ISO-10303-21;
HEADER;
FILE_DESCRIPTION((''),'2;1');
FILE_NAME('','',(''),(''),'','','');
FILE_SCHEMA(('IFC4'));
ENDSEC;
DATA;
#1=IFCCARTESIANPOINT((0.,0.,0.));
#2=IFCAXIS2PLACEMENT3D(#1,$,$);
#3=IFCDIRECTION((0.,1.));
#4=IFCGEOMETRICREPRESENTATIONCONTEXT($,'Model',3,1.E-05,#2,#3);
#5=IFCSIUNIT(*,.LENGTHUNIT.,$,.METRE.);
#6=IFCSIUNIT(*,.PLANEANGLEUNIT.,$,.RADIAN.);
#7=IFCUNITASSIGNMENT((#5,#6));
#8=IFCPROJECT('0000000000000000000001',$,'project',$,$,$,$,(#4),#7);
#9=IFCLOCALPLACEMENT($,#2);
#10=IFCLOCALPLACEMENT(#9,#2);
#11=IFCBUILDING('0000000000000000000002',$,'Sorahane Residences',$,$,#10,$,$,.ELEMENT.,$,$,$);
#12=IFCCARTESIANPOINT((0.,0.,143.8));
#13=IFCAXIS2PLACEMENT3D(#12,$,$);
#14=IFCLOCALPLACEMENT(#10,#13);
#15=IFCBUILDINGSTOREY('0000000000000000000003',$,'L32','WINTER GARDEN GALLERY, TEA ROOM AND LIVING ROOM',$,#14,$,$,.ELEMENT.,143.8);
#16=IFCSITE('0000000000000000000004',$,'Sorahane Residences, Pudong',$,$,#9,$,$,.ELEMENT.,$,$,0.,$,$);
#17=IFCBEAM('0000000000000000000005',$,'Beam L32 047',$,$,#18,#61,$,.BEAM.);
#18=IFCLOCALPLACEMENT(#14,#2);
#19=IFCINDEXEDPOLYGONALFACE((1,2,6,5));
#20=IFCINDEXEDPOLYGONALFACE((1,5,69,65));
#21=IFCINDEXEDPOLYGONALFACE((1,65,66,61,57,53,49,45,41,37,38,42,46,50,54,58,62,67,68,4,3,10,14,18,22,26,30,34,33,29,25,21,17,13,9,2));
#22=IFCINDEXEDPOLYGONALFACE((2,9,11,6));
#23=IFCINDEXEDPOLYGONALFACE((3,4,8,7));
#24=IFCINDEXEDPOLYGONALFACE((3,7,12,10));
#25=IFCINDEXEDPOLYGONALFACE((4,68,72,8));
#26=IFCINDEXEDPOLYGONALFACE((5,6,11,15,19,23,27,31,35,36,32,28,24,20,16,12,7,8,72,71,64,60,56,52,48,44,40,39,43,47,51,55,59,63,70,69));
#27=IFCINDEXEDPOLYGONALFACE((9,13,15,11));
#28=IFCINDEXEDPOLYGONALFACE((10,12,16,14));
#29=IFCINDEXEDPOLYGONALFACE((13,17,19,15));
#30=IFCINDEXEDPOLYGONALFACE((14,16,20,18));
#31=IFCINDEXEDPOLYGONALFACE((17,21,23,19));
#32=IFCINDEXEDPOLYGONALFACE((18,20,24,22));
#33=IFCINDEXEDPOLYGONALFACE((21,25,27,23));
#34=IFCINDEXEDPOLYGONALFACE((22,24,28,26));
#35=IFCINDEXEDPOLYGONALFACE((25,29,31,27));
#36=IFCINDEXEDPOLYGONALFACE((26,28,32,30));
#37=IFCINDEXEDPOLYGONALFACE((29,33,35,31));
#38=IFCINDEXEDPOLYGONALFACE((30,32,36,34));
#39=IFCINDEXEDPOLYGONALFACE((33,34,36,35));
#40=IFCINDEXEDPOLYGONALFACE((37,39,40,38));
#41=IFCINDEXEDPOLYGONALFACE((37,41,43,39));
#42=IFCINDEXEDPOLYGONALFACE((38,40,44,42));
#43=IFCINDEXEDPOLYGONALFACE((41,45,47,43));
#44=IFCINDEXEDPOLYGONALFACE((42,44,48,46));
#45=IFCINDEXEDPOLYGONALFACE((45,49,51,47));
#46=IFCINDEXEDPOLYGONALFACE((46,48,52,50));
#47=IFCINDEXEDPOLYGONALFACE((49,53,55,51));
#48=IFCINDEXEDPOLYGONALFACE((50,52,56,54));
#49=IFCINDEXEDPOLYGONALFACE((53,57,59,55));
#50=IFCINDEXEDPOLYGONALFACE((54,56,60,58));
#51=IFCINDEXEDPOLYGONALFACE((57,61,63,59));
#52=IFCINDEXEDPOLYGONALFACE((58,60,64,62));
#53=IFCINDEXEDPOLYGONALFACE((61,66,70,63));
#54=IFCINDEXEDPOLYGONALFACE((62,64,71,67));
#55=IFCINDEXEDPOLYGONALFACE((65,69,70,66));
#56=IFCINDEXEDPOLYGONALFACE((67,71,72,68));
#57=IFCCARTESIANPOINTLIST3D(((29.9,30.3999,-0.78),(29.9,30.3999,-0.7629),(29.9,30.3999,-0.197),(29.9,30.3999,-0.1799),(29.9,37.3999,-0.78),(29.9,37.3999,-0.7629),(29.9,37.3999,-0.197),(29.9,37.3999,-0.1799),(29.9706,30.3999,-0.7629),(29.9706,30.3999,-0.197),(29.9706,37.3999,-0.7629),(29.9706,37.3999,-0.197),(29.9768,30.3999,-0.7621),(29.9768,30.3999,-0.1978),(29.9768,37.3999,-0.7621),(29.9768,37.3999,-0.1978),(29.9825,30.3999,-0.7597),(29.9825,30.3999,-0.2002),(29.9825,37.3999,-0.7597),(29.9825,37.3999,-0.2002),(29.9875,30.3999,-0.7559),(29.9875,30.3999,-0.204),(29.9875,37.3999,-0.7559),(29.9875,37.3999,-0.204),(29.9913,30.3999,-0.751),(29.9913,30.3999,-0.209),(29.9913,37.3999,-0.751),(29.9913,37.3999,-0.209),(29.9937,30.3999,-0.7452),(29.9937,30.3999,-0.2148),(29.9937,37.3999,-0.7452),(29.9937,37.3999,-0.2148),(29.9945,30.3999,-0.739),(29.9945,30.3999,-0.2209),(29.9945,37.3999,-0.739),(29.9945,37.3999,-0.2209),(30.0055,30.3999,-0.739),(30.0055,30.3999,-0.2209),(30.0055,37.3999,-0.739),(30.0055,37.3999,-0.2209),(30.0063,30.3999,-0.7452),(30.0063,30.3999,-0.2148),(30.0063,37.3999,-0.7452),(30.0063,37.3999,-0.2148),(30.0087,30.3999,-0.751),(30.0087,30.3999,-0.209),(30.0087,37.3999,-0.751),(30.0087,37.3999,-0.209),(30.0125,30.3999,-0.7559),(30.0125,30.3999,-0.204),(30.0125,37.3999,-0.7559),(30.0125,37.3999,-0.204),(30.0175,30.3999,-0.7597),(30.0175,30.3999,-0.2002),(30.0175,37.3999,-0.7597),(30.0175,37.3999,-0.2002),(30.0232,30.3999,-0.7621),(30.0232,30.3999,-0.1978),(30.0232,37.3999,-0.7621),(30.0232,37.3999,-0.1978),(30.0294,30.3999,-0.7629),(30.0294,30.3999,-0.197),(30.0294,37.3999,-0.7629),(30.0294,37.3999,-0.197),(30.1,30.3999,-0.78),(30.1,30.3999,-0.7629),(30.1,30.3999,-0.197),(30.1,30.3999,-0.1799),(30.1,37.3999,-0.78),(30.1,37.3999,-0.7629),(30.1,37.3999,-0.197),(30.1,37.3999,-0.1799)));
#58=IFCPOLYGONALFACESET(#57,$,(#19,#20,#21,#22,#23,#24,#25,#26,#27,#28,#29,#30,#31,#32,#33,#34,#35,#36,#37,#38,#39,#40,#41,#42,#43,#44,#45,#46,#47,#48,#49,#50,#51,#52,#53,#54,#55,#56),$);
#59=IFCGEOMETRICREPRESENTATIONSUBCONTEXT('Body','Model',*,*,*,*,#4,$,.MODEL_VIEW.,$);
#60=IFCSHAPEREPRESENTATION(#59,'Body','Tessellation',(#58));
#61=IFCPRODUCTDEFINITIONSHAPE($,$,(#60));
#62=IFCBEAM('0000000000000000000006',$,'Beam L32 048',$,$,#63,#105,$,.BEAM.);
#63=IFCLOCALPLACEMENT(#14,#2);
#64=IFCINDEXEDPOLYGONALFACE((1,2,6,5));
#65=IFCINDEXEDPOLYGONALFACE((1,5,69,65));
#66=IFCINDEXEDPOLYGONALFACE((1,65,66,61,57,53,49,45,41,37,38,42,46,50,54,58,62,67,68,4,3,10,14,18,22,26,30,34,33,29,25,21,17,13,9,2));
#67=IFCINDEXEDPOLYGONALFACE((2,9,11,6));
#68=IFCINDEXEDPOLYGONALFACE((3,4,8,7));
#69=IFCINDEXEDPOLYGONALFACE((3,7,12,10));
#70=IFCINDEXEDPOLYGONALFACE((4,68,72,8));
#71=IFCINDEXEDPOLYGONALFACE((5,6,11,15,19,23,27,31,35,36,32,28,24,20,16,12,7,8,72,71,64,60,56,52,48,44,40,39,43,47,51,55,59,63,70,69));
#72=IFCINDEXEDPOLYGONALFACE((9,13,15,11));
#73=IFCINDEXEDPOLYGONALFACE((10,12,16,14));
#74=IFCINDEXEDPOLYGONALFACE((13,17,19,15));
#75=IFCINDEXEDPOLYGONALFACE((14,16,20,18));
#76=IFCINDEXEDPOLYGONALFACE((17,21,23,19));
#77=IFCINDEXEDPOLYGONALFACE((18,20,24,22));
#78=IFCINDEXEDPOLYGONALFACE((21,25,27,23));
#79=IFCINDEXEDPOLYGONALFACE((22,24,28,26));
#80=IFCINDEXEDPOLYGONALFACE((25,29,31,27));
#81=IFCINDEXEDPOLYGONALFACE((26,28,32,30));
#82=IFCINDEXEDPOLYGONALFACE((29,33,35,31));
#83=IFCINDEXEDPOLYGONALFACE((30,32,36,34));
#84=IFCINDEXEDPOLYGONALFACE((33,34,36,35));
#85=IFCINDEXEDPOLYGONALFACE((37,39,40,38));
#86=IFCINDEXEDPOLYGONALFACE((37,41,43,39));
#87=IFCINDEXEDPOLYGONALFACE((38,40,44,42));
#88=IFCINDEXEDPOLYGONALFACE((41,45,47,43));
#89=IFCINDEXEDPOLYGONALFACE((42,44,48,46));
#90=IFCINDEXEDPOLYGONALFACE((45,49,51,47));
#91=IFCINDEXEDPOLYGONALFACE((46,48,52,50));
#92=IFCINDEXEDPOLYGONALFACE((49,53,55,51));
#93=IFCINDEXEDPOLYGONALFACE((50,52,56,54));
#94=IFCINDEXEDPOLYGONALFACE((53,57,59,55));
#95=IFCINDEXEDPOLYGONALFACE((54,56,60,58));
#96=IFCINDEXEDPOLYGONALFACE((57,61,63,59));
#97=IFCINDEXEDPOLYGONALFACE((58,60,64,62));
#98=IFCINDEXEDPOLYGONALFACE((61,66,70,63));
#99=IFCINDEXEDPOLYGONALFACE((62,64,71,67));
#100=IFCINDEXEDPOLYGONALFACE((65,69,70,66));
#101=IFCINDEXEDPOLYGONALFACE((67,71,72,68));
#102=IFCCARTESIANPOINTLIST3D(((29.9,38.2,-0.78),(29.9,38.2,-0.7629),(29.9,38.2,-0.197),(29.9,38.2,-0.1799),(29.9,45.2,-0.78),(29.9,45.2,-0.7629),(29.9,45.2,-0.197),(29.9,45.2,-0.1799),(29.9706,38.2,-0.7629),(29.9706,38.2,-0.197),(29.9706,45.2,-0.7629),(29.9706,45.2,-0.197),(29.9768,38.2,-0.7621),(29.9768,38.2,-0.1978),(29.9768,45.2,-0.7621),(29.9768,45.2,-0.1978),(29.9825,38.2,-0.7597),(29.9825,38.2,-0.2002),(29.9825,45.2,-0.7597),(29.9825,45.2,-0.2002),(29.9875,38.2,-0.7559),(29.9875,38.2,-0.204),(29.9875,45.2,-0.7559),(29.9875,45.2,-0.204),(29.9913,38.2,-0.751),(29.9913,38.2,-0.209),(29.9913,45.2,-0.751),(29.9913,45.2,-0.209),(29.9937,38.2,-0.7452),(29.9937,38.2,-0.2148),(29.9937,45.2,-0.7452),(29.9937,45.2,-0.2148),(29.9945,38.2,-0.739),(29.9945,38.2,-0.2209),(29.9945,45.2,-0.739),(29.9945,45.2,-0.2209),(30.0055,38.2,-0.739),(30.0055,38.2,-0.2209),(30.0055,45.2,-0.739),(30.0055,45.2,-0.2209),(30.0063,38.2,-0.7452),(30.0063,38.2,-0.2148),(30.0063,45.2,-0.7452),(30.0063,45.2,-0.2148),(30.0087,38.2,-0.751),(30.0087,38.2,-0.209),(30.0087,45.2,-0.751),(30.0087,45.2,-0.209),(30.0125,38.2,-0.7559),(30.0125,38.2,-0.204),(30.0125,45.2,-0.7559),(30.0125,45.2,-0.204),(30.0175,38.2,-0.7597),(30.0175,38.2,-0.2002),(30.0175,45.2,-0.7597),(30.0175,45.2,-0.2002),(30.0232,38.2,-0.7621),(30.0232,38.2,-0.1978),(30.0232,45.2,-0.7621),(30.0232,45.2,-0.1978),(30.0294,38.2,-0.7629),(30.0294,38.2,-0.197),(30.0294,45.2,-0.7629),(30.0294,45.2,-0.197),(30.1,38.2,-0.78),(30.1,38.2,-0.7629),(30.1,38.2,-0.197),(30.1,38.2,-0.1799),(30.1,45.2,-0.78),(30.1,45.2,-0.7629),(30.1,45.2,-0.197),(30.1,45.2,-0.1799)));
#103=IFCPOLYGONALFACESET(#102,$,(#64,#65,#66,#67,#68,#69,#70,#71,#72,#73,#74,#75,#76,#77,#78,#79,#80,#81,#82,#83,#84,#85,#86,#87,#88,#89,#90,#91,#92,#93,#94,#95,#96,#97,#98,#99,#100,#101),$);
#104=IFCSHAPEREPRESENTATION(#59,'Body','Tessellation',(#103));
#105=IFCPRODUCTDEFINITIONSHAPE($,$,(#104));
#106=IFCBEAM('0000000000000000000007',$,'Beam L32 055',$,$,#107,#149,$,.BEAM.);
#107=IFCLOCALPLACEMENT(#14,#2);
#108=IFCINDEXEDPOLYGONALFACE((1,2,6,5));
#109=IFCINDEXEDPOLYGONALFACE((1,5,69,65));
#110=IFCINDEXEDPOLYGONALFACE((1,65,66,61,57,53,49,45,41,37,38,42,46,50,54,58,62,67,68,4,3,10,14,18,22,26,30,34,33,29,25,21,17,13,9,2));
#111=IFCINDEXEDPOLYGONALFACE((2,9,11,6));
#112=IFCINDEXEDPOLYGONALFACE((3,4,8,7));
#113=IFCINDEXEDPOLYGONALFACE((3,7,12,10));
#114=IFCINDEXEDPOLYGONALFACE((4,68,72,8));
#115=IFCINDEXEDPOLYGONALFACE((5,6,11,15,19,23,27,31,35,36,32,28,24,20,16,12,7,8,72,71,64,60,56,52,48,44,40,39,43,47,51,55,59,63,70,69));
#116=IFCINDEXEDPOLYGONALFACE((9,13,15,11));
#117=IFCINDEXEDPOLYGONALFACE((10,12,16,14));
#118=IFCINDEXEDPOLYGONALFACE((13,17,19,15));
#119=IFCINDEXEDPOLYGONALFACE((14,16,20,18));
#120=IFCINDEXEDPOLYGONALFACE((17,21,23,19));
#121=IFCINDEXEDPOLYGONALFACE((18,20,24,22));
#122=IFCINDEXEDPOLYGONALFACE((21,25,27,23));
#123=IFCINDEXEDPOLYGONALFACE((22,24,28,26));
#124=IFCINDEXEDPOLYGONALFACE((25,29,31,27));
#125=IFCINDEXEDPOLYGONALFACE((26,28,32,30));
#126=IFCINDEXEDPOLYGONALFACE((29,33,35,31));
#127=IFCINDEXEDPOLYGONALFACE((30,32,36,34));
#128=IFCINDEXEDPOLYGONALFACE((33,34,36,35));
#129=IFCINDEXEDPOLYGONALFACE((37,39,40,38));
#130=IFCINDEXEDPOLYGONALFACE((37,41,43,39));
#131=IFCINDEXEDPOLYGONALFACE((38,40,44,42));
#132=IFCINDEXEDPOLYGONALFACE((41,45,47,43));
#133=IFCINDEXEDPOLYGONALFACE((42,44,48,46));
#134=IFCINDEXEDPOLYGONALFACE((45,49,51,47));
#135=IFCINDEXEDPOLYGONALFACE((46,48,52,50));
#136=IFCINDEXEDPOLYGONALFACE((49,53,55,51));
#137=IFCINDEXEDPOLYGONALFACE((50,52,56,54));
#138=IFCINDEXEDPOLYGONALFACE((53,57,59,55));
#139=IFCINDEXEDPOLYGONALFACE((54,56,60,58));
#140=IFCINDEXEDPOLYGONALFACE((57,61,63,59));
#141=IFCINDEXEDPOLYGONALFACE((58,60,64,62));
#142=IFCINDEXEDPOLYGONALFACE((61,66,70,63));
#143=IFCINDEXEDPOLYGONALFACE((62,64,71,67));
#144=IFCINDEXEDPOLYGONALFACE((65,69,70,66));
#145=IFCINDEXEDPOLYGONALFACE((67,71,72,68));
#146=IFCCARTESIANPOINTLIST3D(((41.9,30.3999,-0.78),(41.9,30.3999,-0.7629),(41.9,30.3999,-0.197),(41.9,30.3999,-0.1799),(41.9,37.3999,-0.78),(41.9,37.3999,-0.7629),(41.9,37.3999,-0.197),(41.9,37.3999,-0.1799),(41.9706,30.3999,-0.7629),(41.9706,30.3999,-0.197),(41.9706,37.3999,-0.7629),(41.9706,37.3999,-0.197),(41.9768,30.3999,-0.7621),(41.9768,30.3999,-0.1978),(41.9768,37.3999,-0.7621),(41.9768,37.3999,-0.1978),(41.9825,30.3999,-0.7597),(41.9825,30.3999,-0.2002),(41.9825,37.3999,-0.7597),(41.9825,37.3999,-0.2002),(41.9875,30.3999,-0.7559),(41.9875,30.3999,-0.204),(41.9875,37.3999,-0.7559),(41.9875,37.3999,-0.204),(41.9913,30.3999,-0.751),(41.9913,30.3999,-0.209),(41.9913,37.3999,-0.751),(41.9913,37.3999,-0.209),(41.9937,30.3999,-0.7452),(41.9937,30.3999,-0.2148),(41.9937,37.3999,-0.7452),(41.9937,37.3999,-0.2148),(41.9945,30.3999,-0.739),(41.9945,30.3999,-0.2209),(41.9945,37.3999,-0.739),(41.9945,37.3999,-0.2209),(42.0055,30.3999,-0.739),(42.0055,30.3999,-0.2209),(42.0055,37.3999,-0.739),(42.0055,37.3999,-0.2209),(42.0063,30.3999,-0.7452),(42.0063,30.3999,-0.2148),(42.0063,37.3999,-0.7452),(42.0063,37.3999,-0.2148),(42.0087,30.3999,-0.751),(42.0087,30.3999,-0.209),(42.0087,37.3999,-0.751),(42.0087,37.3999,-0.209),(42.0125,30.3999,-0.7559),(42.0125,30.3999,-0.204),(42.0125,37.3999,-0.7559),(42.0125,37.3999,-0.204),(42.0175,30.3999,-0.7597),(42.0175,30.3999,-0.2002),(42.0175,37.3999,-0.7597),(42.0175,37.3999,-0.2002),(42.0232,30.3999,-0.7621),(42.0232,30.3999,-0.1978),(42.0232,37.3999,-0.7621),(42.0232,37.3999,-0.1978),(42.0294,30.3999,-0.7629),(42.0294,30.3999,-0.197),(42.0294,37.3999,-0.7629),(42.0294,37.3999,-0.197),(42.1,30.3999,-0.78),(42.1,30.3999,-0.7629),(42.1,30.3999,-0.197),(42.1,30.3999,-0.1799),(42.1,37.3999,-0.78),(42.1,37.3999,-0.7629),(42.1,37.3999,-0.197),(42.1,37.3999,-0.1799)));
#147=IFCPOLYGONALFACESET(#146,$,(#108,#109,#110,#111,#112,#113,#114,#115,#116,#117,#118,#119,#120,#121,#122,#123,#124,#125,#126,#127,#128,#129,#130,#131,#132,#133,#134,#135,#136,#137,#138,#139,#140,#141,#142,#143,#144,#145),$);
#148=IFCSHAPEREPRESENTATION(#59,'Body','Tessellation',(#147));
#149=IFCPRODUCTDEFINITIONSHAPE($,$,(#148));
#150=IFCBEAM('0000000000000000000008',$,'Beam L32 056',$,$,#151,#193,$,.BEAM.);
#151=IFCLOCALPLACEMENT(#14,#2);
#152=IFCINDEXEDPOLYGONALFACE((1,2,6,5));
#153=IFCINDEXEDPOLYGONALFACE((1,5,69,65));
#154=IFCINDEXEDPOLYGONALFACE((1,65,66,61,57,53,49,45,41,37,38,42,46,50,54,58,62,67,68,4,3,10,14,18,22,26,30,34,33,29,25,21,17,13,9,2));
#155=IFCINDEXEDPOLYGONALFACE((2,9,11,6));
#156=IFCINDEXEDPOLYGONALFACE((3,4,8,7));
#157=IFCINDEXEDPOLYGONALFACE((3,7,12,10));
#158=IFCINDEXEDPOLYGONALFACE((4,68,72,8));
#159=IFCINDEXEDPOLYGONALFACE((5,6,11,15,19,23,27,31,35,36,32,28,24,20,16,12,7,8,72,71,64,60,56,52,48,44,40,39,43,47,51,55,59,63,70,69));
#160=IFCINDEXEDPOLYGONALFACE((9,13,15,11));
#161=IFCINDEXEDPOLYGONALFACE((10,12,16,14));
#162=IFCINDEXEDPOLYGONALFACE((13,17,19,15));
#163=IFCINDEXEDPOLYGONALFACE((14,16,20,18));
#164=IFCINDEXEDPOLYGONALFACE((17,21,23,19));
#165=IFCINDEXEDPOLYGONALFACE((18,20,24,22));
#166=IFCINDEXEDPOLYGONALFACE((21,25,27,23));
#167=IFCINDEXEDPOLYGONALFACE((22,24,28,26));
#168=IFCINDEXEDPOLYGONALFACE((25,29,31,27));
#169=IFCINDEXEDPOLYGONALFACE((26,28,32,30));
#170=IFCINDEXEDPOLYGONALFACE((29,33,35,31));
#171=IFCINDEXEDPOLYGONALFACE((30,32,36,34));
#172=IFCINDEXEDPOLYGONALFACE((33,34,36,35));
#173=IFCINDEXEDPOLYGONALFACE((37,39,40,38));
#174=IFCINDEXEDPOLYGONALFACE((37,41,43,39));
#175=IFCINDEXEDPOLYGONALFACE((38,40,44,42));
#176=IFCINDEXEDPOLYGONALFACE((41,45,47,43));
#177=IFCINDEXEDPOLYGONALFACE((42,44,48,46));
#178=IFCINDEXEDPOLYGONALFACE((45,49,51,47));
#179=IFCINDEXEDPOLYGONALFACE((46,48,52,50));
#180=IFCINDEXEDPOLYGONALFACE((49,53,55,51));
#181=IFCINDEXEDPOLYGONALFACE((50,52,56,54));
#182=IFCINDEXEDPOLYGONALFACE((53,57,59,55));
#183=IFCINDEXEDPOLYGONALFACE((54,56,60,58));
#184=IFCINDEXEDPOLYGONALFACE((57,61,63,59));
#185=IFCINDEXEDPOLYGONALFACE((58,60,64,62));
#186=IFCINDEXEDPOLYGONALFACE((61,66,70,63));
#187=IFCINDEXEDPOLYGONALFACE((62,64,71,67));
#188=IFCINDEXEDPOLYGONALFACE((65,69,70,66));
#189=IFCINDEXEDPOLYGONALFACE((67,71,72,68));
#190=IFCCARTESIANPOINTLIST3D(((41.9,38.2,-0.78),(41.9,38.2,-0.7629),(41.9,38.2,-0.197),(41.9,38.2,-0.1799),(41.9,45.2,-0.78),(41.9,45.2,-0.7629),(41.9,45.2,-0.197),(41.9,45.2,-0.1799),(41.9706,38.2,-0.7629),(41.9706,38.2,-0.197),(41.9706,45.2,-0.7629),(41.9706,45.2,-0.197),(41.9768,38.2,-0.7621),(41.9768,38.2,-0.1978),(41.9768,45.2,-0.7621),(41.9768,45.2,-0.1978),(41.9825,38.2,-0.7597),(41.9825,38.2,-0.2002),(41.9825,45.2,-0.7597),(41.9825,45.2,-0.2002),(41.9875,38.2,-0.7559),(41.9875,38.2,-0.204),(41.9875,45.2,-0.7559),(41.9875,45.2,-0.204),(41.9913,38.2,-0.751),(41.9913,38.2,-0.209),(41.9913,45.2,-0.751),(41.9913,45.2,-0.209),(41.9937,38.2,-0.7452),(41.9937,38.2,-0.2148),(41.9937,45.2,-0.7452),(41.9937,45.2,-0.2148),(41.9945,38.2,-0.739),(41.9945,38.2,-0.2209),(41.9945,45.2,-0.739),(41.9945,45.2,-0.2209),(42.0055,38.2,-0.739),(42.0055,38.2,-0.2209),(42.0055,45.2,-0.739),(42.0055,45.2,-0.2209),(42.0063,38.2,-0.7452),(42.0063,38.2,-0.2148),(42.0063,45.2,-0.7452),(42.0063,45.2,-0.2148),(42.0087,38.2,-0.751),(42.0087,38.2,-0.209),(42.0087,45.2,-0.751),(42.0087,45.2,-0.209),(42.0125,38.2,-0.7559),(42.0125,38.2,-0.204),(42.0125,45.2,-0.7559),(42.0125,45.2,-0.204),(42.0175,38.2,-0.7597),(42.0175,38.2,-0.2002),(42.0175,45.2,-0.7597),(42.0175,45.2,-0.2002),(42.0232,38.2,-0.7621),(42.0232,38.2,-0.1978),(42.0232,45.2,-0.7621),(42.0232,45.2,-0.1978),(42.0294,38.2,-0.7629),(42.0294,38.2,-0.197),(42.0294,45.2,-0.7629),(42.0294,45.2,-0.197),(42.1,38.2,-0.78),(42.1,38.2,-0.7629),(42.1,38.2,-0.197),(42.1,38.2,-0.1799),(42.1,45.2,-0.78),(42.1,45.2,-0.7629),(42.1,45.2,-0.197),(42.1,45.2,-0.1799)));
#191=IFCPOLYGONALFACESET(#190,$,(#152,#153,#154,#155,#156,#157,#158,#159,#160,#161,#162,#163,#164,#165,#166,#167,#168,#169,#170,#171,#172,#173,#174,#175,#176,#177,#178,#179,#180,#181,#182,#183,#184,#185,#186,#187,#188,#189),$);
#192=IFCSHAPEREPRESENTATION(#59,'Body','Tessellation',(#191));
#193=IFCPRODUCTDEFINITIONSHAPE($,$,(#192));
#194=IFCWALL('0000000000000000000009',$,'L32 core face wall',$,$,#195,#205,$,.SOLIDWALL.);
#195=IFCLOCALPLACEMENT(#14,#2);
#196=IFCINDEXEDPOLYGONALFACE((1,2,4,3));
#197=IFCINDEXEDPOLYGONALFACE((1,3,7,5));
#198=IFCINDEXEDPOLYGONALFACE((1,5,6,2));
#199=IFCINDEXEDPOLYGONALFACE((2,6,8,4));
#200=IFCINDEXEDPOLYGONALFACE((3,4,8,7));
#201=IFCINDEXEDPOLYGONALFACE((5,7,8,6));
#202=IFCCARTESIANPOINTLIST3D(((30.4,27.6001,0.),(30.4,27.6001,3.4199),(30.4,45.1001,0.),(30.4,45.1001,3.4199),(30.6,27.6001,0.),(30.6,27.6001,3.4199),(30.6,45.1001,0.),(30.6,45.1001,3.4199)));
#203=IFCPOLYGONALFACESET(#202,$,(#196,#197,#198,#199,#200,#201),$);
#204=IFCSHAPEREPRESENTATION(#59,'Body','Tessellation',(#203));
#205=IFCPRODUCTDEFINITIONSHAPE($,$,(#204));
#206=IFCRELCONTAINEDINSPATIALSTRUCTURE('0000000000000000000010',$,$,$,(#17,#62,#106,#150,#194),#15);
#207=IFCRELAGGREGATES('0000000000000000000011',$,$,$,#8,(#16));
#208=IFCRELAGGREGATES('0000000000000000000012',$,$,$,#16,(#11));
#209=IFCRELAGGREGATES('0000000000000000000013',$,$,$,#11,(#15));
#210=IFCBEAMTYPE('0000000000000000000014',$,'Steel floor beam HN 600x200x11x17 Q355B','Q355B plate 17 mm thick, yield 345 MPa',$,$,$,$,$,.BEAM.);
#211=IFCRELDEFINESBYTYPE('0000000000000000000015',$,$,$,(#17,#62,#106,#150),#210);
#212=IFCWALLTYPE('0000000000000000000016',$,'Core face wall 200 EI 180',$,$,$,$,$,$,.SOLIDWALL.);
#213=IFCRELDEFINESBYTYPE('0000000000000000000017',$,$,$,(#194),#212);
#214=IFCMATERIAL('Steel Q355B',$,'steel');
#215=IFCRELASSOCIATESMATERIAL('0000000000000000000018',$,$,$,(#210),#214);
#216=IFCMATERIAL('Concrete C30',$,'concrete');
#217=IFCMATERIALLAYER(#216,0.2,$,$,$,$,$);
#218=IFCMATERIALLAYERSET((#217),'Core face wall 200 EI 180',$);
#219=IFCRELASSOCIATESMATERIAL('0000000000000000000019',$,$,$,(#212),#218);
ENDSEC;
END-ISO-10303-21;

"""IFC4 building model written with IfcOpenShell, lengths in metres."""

from ifc_helpers import new_model, si_unit, direction, frame, frame_2d, origin, origin_2d, place, context, subcontext, project, spatial, rectangle, i_section, extrude, material, layer, layer_set, material_profile, profile_set, type_object, element, save


model = new_model("IFC4")

# Units and contexts
model_context = context("Model", 3, precision=1e-05, world=origin(), true_north=direction((0.0, 1.0)))
body_context = subcontext(model_context, "Body", "Model", "MODEL_VIEW")
ifc_project = project(units=[si_unit("LENGTHUNIT", "METRE"), si_unit("PLANEANGLEUNIT", "RADIAN")], contexts=[model_context])

# Site, building, storey
site_placement = place(None, origin())
site = spatial("IfcSite", under=ifc_project, at=site_placement, Name="Sorahane Residences, Pudong", CompositionType="ELEMENT", RefElevation=0.0)
building_placement = place(site_placement, origin())
building = spatial("IfcBuilding", under=site, at=building_placement, Name="Sorahane Residences", CompositionType="ELEMENT")
storey_placement = place(building_placement, frame((0.0, 0.0, 143.8)))
storey = spatial("IfcBuildingStorey", under=building, at=storey_placement, Name="L32", Description="WINTER GARDEN GALLERY, TEA ROOM AND LIVING ROOM", CompositionType="ELEMENT", Elevation=143.8)

# Beams
ifc_material_1 = material(Name="Steel Q355B", Category="steel")
ifc_material_profile_1 = material_profile(ifc_material_1, i_section(OverallWidth=0.2, OverallDepth=0.6001, WebThickness=0.011, FlangeThickness=0.0171, FilletRadius=0.0239, at=origin_2d()), Name="HN 600x200x11x17")
ifc_profile_set_1 = profile_set([ifc_material_profile_1], Name="Steel Q355B")
beam_type_1 = type_object("IfcBeamType", Name="Steel floor beam HN 600x200x11x17 Q355B", Description="Q355B plate 17 mm thick, yield 345 MPa", PredefinedType="BEAM", material=ifc_profile_set_1)
for number, where, z_axis, x_axis, name in (
    (1, (30.0, 30.3999, -0.48), (0.0, 1.0, 0.0), (-1.0, 0.0, 0.0), "Beam L32 047"),
    (2, (30.0, 38.2, -0.48), (0.0, 1.0, 0.0), (-1.0, 0.0, 0.0), "Beam L32 048"),
    (3, (42.0, 30.3999, -0.48), (0.0, 1.0, 0.0), (-1.0, 0.0, 0.0), "Beam L32 055"),
    (4, (42.0, 38.2, -0.48), (0.0, 1.0, 0.0), (-1.0, 0.0, 0.0), "Beam L32 056"),
):
    element("IfcBeam", number, at=place(storey_placement, frame(where, z_axis=z_axis, x_axis=x_axis)), inside=storey, type_object=beam_type_1, Name=name, PredefinedType="BEAM", context=body_context, shape_type="SweptSolid", body=[
        extrude(i_section(OverallWidth=0.2, OverallDepth=0.6001, WebThickness=0.011, FlangeThickness=0.0171, FilletRadius=0.0239, at=origin_2d()), origin(), (0.0, 0.0, 1.0), 7.0),
    ])

# Wall
ifc_material_2 = material(Name="Concrete C30", Category="concrete")
ifc_layer_1 = layer(ifc_material_2, 0.2)
ifc_layer_set_1 = layer_set([ifc_layer_1], Name="Core face wall 200 EI 180")
wall_type_1 = type_object("IfcWallType", Name="Core face wall 200 EI 180", PredefinedType="SOLIDWALL", material=ifc_layer_set_1)
wall_1_placement = place(storey_placement, frame((30.5, 27.6001, 0.0), z_axis=(0.0, 0.0, 1.0), x_axis=(0.0, 1.0, 0.0)))
element("IfcWall", 5, at=wall_1_placement, inside=storey, type_object=wall_type_1, Name="L32 core face wall", PredefinedType="SOLIDWALL", context=body_context, shape_type="SweptSolid", body=[
    extrude(rectangle(XDim=17.5, YDim=0.2, at=frame_2d((8.75, 0.0))), origin(), (0.0, 0.0, 1.0), 3.4199),
])

save(model, "model.ifc")
